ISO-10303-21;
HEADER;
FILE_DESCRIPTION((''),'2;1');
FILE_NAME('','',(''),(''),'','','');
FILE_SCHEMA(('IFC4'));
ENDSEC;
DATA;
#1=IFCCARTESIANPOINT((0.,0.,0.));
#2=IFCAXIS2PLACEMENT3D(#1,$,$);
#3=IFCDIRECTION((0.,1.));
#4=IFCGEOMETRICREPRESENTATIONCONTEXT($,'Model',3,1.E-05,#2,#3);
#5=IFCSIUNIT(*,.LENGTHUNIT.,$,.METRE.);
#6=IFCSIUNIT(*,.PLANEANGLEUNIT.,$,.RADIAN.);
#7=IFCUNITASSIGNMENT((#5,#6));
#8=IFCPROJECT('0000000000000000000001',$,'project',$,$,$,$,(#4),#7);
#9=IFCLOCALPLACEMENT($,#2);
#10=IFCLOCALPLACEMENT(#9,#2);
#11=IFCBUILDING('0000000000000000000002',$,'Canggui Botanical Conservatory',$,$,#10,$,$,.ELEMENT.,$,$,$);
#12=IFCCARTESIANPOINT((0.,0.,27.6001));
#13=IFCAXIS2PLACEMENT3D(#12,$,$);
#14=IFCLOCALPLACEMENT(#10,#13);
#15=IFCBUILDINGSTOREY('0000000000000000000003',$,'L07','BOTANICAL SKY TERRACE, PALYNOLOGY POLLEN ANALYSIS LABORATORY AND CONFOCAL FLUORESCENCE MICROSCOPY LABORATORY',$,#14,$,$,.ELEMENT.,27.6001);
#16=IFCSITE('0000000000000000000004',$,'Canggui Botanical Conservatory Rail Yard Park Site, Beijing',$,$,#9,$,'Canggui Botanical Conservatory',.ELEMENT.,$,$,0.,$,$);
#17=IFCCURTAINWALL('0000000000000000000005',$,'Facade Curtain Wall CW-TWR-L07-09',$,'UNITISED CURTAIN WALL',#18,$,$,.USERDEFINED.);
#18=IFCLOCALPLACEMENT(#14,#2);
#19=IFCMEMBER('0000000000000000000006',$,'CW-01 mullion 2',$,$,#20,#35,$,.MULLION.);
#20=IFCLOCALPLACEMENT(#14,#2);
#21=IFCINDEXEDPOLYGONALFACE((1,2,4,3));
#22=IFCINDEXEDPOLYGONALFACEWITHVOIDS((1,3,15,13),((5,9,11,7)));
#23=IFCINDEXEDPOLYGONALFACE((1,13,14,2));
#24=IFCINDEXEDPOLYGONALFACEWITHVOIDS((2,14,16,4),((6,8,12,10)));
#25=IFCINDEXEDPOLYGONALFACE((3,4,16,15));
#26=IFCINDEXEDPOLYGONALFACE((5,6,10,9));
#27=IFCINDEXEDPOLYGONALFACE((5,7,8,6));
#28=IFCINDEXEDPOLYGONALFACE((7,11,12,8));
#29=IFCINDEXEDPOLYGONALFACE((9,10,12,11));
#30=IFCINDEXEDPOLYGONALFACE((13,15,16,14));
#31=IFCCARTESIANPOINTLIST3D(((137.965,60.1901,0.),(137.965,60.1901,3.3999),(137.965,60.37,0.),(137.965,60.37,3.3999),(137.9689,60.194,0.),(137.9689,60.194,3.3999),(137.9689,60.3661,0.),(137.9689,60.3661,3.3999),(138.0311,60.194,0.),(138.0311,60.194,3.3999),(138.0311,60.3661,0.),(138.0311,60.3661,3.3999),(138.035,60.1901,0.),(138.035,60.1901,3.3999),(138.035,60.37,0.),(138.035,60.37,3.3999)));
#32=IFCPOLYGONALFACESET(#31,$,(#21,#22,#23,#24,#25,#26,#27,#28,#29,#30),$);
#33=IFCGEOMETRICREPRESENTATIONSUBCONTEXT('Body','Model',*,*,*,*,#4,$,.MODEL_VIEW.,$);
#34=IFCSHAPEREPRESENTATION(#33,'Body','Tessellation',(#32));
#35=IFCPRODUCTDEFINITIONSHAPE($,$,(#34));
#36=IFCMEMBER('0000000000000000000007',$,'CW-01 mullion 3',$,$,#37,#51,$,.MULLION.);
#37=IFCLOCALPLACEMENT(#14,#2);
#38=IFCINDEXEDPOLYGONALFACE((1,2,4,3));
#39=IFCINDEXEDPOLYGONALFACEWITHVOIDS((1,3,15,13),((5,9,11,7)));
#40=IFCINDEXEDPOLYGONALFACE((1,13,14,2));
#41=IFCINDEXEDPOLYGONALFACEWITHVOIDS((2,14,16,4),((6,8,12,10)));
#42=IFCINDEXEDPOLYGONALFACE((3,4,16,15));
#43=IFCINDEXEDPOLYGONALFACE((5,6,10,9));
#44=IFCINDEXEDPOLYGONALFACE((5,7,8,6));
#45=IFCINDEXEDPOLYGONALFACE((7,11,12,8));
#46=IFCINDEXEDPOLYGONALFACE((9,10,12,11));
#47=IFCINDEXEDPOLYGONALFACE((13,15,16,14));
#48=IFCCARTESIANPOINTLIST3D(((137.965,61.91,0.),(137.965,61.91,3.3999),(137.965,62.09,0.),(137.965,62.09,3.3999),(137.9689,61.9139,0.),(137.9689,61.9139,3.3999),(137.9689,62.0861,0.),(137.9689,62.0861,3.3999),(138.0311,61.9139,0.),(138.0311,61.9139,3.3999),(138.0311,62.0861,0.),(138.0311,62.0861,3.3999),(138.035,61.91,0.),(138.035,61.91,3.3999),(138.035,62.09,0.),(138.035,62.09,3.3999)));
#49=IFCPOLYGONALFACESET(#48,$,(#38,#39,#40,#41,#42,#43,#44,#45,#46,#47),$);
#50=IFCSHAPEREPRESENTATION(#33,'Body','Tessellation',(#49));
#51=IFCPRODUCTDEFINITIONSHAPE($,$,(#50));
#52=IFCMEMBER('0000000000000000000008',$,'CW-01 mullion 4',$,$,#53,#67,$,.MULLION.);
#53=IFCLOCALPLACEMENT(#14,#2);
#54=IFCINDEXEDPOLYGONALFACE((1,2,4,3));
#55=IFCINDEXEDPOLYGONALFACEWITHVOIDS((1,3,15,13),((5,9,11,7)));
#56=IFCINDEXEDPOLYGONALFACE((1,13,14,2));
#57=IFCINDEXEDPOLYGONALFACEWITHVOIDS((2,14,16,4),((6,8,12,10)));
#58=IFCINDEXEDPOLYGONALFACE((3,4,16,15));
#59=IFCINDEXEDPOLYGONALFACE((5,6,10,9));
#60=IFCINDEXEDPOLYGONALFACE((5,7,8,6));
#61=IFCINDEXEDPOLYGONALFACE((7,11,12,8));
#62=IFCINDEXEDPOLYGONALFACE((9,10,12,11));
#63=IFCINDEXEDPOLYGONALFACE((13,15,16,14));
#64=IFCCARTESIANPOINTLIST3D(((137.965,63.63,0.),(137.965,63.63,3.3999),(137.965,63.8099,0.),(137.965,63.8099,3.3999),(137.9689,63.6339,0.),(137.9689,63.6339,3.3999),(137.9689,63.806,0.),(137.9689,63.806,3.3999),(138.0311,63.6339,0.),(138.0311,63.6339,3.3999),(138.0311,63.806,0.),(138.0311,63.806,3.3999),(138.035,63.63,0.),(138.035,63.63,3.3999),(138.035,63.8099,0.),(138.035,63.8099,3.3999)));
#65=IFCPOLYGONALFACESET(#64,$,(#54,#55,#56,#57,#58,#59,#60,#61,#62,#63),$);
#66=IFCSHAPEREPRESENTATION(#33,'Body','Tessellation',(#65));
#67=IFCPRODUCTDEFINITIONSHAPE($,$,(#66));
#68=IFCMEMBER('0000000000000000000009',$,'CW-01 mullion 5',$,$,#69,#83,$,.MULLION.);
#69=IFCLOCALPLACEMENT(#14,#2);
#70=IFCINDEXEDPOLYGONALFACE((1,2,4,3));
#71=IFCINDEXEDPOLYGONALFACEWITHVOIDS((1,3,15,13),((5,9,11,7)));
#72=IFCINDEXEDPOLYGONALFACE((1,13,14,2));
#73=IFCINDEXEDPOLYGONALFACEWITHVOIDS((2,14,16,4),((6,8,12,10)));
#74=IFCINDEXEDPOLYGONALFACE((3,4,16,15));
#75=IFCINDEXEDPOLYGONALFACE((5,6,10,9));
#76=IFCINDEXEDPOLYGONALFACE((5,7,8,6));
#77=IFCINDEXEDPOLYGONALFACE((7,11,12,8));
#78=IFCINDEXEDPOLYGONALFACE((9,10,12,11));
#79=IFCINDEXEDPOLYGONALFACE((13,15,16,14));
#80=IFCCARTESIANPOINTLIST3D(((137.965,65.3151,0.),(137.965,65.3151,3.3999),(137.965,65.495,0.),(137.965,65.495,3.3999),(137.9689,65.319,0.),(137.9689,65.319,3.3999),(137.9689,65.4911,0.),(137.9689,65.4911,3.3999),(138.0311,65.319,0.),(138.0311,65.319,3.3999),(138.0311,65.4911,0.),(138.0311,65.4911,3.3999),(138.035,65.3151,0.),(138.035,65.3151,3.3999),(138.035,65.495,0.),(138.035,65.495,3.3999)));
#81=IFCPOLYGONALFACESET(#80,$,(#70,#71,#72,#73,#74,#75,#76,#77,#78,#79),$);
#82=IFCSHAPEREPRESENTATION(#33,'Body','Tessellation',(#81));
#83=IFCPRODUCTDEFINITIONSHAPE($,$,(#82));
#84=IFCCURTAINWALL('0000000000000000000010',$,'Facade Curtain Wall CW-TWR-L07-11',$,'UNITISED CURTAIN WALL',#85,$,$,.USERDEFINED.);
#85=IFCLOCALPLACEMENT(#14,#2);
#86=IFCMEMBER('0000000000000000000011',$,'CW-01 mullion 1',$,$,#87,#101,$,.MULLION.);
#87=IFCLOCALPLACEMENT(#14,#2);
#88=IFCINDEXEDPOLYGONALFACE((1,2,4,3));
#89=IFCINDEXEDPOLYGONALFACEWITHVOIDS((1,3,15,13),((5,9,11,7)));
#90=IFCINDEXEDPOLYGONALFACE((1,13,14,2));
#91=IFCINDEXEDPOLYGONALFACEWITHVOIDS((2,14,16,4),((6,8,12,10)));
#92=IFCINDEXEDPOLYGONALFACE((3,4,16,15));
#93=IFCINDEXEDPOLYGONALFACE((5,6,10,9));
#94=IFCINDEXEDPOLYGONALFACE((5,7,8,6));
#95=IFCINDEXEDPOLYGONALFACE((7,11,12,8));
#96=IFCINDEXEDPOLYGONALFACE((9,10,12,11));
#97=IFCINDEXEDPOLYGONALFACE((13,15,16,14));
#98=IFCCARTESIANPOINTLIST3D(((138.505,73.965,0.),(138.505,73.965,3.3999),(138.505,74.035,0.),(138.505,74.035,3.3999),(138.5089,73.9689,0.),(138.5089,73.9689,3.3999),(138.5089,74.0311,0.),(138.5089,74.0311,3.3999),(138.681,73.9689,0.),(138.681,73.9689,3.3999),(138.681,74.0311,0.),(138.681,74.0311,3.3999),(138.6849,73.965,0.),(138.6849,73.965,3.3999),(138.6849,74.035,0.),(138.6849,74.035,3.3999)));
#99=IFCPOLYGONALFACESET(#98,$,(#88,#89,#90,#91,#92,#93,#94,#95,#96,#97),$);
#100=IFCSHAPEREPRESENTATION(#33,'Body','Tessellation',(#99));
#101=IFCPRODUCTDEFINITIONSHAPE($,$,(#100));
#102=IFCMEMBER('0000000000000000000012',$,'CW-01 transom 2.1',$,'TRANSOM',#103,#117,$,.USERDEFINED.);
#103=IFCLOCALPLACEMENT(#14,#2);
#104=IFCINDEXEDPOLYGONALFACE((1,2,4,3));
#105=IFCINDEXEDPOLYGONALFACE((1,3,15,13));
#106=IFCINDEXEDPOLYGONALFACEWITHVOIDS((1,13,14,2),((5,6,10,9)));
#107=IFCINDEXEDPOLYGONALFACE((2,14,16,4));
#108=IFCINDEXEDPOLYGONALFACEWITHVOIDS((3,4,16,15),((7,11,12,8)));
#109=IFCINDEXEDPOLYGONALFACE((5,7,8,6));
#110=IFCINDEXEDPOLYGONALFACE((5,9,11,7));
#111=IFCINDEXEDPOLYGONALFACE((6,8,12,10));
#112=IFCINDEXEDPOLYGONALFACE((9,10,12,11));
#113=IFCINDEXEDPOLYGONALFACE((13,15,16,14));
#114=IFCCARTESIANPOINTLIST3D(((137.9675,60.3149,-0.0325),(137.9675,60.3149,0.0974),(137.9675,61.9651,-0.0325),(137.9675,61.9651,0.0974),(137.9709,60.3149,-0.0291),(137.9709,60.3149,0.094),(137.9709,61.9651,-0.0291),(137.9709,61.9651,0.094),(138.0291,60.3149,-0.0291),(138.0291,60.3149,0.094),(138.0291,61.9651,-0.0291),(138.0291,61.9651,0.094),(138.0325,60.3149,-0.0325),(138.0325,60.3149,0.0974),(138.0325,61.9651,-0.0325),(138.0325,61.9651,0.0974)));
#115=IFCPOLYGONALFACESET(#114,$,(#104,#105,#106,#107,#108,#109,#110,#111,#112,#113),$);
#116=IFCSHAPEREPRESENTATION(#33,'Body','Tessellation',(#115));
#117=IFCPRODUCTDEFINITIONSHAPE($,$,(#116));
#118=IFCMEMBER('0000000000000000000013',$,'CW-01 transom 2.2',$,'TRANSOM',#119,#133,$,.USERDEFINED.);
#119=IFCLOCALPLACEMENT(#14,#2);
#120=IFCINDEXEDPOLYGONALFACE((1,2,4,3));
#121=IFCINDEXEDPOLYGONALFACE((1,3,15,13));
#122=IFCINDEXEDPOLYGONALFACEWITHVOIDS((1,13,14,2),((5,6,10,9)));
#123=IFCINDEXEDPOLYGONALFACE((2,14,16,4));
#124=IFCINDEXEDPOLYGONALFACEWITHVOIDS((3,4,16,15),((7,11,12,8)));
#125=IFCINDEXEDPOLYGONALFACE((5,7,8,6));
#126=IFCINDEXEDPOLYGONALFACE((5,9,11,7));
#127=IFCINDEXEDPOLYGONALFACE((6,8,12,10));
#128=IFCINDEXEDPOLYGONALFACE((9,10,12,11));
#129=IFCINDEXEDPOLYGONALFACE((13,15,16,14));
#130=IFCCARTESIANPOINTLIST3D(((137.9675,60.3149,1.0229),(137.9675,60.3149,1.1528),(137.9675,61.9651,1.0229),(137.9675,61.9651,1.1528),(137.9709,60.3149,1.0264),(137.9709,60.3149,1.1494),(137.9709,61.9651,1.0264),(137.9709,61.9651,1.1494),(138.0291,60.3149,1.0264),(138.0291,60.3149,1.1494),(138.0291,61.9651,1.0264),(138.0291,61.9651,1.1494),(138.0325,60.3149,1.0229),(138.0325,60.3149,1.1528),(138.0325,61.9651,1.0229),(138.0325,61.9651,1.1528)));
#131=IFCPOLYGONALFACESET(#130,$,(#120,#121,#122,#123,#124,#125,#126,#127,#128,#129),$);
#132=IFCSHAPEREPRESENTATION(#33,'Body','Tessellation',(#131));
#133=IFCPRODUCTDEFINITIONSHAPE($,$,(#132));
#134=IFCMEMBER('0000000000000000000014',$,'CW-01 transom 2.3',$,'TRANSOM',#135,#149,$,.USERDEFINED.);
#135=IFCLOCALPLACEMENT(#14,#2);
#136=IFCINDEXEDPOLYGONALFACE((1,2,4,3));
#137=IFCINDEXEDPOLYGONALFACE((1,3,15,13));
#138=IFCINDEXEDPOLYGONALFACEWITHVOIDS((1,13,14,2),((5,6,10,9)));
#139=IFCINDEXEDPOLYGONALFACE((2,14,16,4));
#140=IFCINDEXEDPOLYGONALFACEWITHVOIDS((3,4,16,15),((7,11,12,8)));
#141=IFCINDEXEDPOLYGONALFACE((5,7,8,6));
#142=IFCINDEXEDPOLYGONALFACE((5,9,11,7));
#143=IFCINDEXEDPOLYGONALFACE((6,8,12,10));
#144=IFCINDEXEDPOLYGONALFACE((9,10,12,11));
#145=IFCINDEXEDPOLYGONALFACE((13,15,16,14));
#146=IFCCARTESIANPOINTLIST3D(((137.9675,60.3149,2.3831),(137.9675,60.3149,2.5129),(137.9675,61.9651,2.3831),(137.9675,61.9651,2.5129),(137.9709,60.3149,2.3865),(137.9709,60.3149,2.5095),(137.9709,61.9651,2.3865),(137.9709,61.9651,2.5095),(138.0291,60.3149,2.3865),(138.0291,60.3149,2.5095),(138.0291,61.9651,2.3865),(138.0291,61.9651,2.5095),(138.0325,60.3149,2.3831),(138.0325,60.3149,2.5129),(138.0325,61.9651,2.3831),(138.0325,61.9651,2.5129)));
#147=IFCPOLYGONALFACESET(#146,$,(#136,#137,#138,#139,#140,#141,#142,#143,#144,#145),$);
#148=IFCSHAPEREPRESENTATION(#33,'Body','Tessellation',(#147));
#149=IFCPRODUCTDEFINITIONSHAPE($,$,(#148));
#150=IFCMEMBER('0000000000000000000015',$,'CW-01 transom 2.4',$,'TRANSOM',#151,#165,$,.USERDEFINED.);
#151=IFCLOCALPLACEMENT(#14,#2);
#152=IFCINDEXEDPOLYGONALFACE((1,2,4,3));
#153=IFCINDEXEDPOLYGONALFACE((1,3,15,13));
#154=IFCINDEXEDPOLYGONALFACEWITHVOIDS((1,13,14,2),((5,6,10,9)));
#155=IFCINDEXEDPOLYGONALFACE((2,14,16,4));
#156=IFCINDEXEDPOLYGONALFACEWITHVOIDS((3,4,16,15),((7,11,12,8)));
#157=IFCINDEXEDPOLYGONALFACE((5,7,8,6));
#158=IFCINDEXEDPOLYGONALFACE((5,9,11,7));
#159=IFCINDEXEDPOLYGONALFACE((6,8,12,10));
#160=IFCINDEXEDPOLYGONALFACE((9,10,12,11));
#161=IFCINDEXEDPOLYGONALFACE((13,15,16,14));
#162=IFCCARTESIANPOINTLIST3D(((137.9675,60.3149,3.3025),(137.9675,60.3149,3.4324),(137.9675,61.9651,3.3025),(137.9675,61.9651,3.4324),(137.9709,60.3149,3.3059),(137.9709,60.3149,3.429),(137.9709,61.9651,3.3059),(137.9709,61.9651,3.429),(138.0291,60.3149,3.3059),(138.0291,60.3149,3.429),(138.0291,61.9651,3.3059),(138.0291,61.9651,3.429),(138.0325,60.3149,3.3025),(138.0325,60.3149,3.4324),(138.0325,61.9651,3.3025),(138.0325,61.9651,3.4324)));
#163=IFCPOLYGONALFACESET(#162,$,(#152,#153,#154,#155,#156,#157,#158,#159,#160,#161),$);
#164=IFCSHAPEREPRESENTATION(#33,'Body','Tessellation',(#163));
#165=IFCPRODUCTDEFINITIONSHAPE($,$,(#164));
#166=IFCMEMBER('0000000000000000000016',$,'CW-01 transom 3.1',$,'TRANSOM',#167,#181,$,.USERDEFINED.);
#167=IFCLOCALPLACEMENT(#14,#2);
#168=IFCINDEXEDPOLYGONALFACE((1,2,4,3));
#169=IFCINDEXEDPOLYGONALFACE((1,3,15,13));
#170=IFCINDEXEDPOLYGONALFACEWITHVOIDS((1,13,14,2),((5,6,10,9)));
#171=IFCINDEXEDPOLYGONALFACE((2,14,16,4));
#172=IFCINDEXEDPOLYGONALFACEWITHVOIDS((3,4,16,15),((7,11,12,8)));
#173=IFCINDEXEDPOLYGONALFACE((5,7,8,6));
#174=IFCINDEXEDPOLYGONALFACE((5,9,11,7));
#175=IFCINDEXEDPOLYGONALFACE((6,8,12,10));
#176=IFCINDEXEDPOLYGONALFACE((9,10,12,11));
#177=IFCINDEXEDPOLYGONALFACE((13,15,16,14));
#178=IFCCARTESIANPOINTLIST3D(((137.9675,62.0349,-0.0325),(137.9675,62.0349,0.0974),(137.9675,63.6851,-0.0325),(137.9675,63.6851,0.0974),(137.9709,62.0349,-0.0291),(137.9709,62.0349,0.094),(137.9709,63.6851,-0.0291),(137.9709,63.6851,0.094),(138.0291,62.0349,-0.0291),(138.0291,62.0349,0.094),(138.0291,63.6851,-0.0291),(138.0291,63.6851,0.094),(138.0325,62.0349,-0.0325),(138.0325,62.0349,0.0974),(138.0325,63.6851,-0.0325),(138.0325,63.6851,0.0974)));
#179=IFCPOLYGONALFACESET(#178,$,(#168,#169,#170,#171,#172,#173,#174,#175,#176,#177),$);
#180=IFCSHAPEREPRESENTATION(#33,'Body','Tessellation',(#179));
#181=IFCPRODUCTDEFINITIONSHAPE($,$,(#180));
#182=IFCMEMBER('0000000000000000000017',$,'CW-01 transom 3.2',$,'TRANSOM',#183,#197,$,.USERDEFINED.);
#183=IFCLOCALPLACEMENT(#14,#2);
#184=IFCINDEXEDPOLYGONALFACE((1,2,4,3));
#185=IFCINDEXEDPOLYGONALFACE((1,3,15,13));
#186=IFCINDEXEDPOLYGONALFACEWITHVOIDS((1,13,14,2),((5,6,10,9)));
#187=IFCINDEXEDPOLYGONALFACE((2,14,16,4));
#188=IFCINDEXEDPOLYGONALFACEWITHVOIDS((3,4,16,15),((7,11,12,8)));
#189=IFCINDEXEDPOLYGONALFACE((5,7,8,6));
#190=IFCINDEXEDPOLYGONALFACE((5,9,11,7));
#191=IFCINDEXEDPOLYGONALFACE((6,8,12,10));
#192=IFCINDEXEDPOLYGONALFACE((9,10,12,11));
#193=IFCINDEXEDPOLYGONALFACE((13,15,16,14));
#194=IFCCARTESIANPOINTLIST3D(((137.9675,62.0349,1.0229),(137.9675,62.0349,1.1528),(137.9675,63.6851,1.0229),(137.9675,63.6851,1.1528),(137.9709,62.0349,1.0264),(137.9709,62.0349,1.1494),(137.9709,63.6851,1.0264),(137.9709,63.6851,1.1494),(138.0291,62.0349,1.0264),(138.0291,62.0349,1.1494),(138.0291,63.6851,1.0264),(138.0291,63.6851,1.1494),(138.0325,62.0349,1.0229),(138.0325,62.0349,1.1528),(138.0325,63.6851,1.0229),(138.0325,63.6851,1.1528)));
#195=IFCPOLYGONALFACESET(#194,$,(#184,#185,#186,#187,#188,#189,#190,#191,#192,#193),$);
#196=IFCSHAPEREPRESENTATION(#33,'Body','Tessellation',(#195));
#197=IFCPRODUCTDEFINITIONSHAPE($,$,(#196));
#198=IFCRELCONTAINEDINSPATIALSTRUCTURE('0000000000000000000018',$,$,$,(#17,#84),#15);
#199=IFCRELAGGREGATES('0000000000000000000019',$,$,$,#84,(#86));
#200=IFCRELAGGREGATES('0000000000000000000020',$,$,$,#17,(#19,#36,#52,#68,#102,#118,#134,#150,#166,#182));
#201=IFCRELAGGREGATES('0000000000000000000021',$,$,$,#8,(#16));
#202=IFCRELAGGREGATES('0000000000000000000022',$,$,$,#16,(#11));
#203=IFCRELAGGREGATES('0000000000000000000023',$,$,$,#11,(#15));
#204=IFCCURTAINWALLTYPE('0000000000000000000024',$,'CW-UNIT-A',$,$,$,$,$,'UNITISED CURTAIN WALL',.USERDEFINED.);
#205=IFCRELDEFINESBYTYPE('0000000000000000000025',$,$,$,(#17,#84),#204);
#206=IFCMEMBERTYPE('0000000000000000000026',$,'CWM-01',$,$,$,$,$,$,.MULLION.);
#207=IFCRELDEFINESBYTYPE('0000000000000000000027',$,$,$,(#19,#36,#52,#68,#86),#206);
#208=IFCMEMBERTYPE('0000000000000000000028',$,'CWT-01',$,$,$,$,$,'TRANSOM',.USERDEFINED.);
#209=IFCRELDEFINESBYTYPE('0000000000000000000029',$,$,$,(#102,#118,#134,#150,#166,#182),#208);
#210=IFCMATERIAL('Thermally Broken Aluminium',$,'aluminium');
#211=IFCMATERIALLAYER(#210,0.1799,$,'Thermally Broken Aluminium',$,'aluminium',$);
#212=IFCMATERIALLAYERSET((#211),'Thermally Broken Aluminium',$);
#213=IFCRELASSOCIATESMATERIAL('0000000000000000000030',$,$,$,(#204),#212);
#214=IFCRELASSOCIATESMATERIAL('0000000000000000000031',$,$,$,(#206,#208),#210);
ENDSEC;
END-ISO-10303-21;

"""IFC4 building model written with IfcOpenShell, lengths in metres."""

from ifc_helpers import new_model, si_unit, direction, frame, origin, origin_2d, place, context, subcontext, project, spatial, hollow_rectangle, extrude, material, layer, layer_set, material_profile, profile_set, type_object, element, aggregate, save


model = new_model("IFC4")

# Units and contexts
model_context = context("Model", 3, precision=1e-05, world=origin(), true_north=direction((0.0, 1.0)))
body_context = subcontext(model_context, "Body", "Model", "MODEL_VIEW")
ifc_project = project(units=[si_unit("LENGTHUNIT", "METRE"), si_unit("PLANEANGLEUNIT", "RADIAN")], contexts=[model_context])

# Site, building, storey
site_placement = place(None, origin())
site = spatial("IfcSite", under=ifc_project, at=site_placement, Name="Canggui Botanical Conservatory Rail Yard Park Site, Beijing", LongName="Canggui Botanical Conservatory", CompositionType="ELEMENT", RefElevation=0.0)
building_placement = place(site_placement, origin())
building = spatial("IfcBuilding", under=site, at=building_placement, Name="Canggui Botanical Conservatory", CompositionType="ELEMENT")
storey_placement = place(building_placement, frame((0.0, 0.0, 27.6001)))
storey = spatial("IfcBuildingStorey", under=building, at=storey_placement, Name="L07", Description="BOTANICAL SKY TERRACE, PALYNOLOGY POLLEN ANALYSIS LABORATORY AND CONFOCAL FLUORESCENCE MICROSCOPY LABORATORY", CompositionType="ELEMENT", Elevation=27.6001)

# Curtain wall, members
ifc_material_1 = material(Name="Thermally Broken Aluminium", Category="aluminium")
ifc_layer_1 = layer(ifc_material_1, 0.1799, Name="Thermally Broken Aluminium", Category="aluminium")
ifc_layer_set_1 = layer_set([ifc_layer_1], Name="Thermally Broken Aluminium")
curtain_wall_type = type_object("IfcCurtainWallType", Name="CW-UNIT-A", ElementType="UNITISED CURTAIN WALL", PredefinedType="USERDEFINED", material=ifc_layer_set_1)
curtain_wall_1_placement = place(storey_placement, origin())
curtain_wall_1 = element("IfcCurtainWall", 1, at=curtain_wall_1_placement, inside=storey, type_object=curtain_wall_type, Name="Facade Curtain Wall CW-TWR-L07-09", ObjectType="UNITISED CURTAIN WALL", PredefinedType="USERDEFINED")
ifc_material_profile_1 = material_profile(ifc_material_1, hollow_rectangle(XDim=0.0701, YDim=0.1799, WallThickness=0.0039, at=origin_2d()), Name="CWM 70x180x4")
ifc_profile_set_1 = profile_set([ifc_material_profile_1], Name="Thermally Broken Aluminium")
member_type_1 = type_object("IfcMemberType", Name="CWM-01", PredefinedType="MULLION", material=ifc_profile_set_1)
member_1_placement = place(storey_placement, frame((138.0, 60.28, 0.0), z_axis=(0.0, 0.0, 1.0), x_axis=(-1.0, 0.0, 0.0)))
member_1 = element("IfcMember", 2, at=member_1_placement, type_object=member_type_1, Name="CW-01 mullion 2", PredefinedType="MULLION", context=body_context, shape_type="SweptSolid", body=[
    extrude(hollow_rectangle(XDim=0.0701, YDim=0.1799, WallThickness=0.0039, at=origin_2d()), origin(), (0.0, 0.0, 1.0), 3.3999),
])
member_2_placement = place(storey_placement, frame((138.0, 62.0, 0.0), z_axis=(0.0, 0.0, 1.0), x_axis=(-1.0, 0.0, 0.0)))
member_2 = element("IfcMember", 3, at=member_2_placement, type_object=member_type_1, Name="CW-01 mullion 3", PredefinedType="MULLION", context=body_context, shape_type="SweptSolid", body=[
    extrude(hollow_rectangle(XDim=0.0701, YDim=0.1799, WallThickness=0.0039, at=origin_2d()), origin(), (0.0, 0.0, 1.0), 3.3999),
])
member_3_placement = place(storey_placement, frame((138.0, 63.72, 0.0), z_axis=(0.0, 0.0, 1.0), x_axis=(-1.0, 0.0, 0.0)))
member_3 = element("IfcMember", 4, at=member_3_placement, type_object=member_type_1, Name="CW-01 mullion 4", PredefinedType="MULLION", context=body_context, shape_type="SweptSolid", body=[
    extrude(hollow_rectangle(XDim=0.0701, YDim=0.1799, WallThickness=0.0039, at=origin_2d()), origin(), (0.0, 0.0, 1.0), 3.3999),
])
member_4_placement = place(storey_placement, frame((138.0, 65.405, 0.0), z_axis=(0.0, 0.0, 1.0), x_axis=(-1.0, 0.0, 0.0)))
member_4 = element("IfcMember", 5, at=member_4_placement, type_object=member_type_1, Name="CW-01 mullion 5", PredefinedType="MULLION", context=body_context, shape_type="SweptSolid", body=[
    extrude(hollow_rectangle(XDim=0.0701, YDim=0.1799, WallThickness=0.0039, at=origin_2d()), origin(), (0.0, 0.0, 1.0), 3.3999),
])

# Curtain wall, member
curtain_wall_2_placement = place(storey_placement, origin())
curtain_wall_2 = element("IfcCurtainWall", 6, at=curtain_wall_2_placement, inside=storey, type_object=curtain_wall_type, Name="Facade Curtain Wall CW-TWR-L07-11", ObjectType="UNITISED CURTAIN WALL", PredefinedType="USERDEFINED")
member_5_placement = place(storey_placement, frame((138.595, 74.0, 0.0), z_axis=(0.0, 0.0, 1.0), x_axis=(0.0, 1.0, 0.0)))
member_5 = element("IfcMember", 7, at=member_5_placement, type_object=member_type_1, Name="CW-01 mullion 1", PredefinedType="MULLION", context=body_context, shape_type="SweptSolid", body=[
    extrude(hollow_rectangle(XDim=0.0701, YDim=0.1799, WallThickness=0.0039, at=origin_2d()), origin(), (0.0, 0.0, 1.0), 3.3999),
])

# Members
ifc_material_profile_2 = material_profile(ifc_material_1, hollow_rectangle(XDim=0.0649, YDim=0.1299, WallThickness=0.0034, at=origin_2d()), Name="CWT 65x130x3.5")
ifc_profile_set_2 = profile_set([ifc_material_profile_2], Name="Thermally Broken Aluminium")
member_type_2 = type_object("IfcMemberType", Name="CWT-01", ElementType="TRANSOM", PredefinedType="USERDEFINED", material=ifc_profile_set_2)
member_6_placement = place(storey_placement, frame((138.0, 60.3149, 0.0325), z_axis=(0.0, 1.0, 0.0), x_axis=(-1.0, 0.0, 0.0)))
member_6 = element("IfcMember", 8, at=member_6_placement, type_object=member_type_2, Name="CW-01 transom 2.1", ObjectType="TRANSOM", PredefinedType="USERDEFINED", context=body_context, shape_type="SweptSolid", body=[
    extrude(hollow_rectangle(XDim=0.0649, YDim=0.1299, WallThickness=0.0034, at=origin_2d()), origin(), (0.0, 0.0, 1.0), 1.6501),
])
member_7_placement = place(storey_placement, frame((138.0, 60.3149, 1.0879), z_axis=(0.0, 1.0, 0.0), x_axis=(-1.0, 0.0, 0.0)))
member_7 = element("IfcMember", 9, at=member_7_placement, type_object=member_type_2, Name="CW-01 transom 2.2", ObjectType="TRANSOM", PredefinedType="USERDEFINED", context=body_context, shape_type="SweptSolid", body=[
    extrude(hollow_rectangle(XDim=0.0649, YDim=0.1299, WallThickness=0.0034, at=origin_2d()), origin(), (0.0, 0.0, 1.0), 1.6501),
])
member_8_placement = place(storey_placement, frame((138.0, 60.3149, 2.448), z_axis=(0.0, 1.0, 0.0), x_axis=(-1.0, 0.0, 0.0)))
member_8 = element("IfcMember", 10, at=member_8_placement, type_object=member_type_2, Name="CW-01 transom 2.3", ObjectType="TRANSOM", PredefinedType="USERDEFINED", context=body_context, shape_type="SweptSolid", body=[
    extrude(hollow_rectangle(XDim=0.0649, YDim=0.1299, WallThickness=0.0034, at=origin_2d()), origin(), (0.0, 0.0, 1.0), 1.6501),
])
member_9_placement = place(storey_placement, frame((138.0, 60.3149, 3.3674), z_axis=(0.0, 1.0, 0.0), x_axis=(-1.0, 0.0, 0.0)))
member_9 = element("IfcMember", 11, at=member_9_placement, type_object=member_type_2, Name="CW-01 transom 2.4", ObjectType="TRANSOM", PredefinedType="USERDEFINED", context=body_context, shape_type="SweptSolid", body=[
    extrude(hollow_rectangle(XDim=0.0649, YDim=0.1299, WallThickness=0.0034, at=origin_2d()), origin(), (0.0, 0.0, 1.0), 1.6501),
])
member_10_placement = place(storey_placement, frame((138.0, 62.0349, 0.0325), z_axis=(0.0, 1.0, 0.0), x_axis=(-1.0, 0.0, 0.0)))
member_10 = element("IfcMember", 12, at=member_10_placement, type_object=member_type_2, Name="CW-01 transom 3.1", ObjectType="TRANSOM", PredefinedType="USERDEFINED", context=body_context, shape_type="SweptSolid", body=[
    extrude(hollow_rectangle(XDim=0.0649, YDim=0.1299, WallThickness=0.0034, at=origin_2d()), origin(), (0.0, 0.0, 1.0), 1.6501),
])
member_11_placement = place(storey_placement, frame((138.0, 62.0349, 1.0879), z_axis=(0.0, 1.0, 0.0), x_axis=(-1.0, 0.0, 0.0)))
member_11 = element("IfcMember", 13, at=member_11_placement, type_object=member_type_2, Name="CW-01 transom 3.2", ObjectType="TRANSOM", PredefinedType="USERDEFINED", context=body_context, shape_type="SweptSolid", body=[
    extrude(hollow_rectangle(XDim=0.0649, YDim=0.1299, WallThickness=0.0034, at=origin_2d()), origin(), (0.0, 0.0, 1.0), 1.6501),
])
aggregate(curtain_wall_2, [member_5])

aggregate(curtain_wall_1, [member_1, member_2, member_3, member_4, member_6, member_7, member_8, member_9, member_10, member_11])

save(model, "model.ifc")
